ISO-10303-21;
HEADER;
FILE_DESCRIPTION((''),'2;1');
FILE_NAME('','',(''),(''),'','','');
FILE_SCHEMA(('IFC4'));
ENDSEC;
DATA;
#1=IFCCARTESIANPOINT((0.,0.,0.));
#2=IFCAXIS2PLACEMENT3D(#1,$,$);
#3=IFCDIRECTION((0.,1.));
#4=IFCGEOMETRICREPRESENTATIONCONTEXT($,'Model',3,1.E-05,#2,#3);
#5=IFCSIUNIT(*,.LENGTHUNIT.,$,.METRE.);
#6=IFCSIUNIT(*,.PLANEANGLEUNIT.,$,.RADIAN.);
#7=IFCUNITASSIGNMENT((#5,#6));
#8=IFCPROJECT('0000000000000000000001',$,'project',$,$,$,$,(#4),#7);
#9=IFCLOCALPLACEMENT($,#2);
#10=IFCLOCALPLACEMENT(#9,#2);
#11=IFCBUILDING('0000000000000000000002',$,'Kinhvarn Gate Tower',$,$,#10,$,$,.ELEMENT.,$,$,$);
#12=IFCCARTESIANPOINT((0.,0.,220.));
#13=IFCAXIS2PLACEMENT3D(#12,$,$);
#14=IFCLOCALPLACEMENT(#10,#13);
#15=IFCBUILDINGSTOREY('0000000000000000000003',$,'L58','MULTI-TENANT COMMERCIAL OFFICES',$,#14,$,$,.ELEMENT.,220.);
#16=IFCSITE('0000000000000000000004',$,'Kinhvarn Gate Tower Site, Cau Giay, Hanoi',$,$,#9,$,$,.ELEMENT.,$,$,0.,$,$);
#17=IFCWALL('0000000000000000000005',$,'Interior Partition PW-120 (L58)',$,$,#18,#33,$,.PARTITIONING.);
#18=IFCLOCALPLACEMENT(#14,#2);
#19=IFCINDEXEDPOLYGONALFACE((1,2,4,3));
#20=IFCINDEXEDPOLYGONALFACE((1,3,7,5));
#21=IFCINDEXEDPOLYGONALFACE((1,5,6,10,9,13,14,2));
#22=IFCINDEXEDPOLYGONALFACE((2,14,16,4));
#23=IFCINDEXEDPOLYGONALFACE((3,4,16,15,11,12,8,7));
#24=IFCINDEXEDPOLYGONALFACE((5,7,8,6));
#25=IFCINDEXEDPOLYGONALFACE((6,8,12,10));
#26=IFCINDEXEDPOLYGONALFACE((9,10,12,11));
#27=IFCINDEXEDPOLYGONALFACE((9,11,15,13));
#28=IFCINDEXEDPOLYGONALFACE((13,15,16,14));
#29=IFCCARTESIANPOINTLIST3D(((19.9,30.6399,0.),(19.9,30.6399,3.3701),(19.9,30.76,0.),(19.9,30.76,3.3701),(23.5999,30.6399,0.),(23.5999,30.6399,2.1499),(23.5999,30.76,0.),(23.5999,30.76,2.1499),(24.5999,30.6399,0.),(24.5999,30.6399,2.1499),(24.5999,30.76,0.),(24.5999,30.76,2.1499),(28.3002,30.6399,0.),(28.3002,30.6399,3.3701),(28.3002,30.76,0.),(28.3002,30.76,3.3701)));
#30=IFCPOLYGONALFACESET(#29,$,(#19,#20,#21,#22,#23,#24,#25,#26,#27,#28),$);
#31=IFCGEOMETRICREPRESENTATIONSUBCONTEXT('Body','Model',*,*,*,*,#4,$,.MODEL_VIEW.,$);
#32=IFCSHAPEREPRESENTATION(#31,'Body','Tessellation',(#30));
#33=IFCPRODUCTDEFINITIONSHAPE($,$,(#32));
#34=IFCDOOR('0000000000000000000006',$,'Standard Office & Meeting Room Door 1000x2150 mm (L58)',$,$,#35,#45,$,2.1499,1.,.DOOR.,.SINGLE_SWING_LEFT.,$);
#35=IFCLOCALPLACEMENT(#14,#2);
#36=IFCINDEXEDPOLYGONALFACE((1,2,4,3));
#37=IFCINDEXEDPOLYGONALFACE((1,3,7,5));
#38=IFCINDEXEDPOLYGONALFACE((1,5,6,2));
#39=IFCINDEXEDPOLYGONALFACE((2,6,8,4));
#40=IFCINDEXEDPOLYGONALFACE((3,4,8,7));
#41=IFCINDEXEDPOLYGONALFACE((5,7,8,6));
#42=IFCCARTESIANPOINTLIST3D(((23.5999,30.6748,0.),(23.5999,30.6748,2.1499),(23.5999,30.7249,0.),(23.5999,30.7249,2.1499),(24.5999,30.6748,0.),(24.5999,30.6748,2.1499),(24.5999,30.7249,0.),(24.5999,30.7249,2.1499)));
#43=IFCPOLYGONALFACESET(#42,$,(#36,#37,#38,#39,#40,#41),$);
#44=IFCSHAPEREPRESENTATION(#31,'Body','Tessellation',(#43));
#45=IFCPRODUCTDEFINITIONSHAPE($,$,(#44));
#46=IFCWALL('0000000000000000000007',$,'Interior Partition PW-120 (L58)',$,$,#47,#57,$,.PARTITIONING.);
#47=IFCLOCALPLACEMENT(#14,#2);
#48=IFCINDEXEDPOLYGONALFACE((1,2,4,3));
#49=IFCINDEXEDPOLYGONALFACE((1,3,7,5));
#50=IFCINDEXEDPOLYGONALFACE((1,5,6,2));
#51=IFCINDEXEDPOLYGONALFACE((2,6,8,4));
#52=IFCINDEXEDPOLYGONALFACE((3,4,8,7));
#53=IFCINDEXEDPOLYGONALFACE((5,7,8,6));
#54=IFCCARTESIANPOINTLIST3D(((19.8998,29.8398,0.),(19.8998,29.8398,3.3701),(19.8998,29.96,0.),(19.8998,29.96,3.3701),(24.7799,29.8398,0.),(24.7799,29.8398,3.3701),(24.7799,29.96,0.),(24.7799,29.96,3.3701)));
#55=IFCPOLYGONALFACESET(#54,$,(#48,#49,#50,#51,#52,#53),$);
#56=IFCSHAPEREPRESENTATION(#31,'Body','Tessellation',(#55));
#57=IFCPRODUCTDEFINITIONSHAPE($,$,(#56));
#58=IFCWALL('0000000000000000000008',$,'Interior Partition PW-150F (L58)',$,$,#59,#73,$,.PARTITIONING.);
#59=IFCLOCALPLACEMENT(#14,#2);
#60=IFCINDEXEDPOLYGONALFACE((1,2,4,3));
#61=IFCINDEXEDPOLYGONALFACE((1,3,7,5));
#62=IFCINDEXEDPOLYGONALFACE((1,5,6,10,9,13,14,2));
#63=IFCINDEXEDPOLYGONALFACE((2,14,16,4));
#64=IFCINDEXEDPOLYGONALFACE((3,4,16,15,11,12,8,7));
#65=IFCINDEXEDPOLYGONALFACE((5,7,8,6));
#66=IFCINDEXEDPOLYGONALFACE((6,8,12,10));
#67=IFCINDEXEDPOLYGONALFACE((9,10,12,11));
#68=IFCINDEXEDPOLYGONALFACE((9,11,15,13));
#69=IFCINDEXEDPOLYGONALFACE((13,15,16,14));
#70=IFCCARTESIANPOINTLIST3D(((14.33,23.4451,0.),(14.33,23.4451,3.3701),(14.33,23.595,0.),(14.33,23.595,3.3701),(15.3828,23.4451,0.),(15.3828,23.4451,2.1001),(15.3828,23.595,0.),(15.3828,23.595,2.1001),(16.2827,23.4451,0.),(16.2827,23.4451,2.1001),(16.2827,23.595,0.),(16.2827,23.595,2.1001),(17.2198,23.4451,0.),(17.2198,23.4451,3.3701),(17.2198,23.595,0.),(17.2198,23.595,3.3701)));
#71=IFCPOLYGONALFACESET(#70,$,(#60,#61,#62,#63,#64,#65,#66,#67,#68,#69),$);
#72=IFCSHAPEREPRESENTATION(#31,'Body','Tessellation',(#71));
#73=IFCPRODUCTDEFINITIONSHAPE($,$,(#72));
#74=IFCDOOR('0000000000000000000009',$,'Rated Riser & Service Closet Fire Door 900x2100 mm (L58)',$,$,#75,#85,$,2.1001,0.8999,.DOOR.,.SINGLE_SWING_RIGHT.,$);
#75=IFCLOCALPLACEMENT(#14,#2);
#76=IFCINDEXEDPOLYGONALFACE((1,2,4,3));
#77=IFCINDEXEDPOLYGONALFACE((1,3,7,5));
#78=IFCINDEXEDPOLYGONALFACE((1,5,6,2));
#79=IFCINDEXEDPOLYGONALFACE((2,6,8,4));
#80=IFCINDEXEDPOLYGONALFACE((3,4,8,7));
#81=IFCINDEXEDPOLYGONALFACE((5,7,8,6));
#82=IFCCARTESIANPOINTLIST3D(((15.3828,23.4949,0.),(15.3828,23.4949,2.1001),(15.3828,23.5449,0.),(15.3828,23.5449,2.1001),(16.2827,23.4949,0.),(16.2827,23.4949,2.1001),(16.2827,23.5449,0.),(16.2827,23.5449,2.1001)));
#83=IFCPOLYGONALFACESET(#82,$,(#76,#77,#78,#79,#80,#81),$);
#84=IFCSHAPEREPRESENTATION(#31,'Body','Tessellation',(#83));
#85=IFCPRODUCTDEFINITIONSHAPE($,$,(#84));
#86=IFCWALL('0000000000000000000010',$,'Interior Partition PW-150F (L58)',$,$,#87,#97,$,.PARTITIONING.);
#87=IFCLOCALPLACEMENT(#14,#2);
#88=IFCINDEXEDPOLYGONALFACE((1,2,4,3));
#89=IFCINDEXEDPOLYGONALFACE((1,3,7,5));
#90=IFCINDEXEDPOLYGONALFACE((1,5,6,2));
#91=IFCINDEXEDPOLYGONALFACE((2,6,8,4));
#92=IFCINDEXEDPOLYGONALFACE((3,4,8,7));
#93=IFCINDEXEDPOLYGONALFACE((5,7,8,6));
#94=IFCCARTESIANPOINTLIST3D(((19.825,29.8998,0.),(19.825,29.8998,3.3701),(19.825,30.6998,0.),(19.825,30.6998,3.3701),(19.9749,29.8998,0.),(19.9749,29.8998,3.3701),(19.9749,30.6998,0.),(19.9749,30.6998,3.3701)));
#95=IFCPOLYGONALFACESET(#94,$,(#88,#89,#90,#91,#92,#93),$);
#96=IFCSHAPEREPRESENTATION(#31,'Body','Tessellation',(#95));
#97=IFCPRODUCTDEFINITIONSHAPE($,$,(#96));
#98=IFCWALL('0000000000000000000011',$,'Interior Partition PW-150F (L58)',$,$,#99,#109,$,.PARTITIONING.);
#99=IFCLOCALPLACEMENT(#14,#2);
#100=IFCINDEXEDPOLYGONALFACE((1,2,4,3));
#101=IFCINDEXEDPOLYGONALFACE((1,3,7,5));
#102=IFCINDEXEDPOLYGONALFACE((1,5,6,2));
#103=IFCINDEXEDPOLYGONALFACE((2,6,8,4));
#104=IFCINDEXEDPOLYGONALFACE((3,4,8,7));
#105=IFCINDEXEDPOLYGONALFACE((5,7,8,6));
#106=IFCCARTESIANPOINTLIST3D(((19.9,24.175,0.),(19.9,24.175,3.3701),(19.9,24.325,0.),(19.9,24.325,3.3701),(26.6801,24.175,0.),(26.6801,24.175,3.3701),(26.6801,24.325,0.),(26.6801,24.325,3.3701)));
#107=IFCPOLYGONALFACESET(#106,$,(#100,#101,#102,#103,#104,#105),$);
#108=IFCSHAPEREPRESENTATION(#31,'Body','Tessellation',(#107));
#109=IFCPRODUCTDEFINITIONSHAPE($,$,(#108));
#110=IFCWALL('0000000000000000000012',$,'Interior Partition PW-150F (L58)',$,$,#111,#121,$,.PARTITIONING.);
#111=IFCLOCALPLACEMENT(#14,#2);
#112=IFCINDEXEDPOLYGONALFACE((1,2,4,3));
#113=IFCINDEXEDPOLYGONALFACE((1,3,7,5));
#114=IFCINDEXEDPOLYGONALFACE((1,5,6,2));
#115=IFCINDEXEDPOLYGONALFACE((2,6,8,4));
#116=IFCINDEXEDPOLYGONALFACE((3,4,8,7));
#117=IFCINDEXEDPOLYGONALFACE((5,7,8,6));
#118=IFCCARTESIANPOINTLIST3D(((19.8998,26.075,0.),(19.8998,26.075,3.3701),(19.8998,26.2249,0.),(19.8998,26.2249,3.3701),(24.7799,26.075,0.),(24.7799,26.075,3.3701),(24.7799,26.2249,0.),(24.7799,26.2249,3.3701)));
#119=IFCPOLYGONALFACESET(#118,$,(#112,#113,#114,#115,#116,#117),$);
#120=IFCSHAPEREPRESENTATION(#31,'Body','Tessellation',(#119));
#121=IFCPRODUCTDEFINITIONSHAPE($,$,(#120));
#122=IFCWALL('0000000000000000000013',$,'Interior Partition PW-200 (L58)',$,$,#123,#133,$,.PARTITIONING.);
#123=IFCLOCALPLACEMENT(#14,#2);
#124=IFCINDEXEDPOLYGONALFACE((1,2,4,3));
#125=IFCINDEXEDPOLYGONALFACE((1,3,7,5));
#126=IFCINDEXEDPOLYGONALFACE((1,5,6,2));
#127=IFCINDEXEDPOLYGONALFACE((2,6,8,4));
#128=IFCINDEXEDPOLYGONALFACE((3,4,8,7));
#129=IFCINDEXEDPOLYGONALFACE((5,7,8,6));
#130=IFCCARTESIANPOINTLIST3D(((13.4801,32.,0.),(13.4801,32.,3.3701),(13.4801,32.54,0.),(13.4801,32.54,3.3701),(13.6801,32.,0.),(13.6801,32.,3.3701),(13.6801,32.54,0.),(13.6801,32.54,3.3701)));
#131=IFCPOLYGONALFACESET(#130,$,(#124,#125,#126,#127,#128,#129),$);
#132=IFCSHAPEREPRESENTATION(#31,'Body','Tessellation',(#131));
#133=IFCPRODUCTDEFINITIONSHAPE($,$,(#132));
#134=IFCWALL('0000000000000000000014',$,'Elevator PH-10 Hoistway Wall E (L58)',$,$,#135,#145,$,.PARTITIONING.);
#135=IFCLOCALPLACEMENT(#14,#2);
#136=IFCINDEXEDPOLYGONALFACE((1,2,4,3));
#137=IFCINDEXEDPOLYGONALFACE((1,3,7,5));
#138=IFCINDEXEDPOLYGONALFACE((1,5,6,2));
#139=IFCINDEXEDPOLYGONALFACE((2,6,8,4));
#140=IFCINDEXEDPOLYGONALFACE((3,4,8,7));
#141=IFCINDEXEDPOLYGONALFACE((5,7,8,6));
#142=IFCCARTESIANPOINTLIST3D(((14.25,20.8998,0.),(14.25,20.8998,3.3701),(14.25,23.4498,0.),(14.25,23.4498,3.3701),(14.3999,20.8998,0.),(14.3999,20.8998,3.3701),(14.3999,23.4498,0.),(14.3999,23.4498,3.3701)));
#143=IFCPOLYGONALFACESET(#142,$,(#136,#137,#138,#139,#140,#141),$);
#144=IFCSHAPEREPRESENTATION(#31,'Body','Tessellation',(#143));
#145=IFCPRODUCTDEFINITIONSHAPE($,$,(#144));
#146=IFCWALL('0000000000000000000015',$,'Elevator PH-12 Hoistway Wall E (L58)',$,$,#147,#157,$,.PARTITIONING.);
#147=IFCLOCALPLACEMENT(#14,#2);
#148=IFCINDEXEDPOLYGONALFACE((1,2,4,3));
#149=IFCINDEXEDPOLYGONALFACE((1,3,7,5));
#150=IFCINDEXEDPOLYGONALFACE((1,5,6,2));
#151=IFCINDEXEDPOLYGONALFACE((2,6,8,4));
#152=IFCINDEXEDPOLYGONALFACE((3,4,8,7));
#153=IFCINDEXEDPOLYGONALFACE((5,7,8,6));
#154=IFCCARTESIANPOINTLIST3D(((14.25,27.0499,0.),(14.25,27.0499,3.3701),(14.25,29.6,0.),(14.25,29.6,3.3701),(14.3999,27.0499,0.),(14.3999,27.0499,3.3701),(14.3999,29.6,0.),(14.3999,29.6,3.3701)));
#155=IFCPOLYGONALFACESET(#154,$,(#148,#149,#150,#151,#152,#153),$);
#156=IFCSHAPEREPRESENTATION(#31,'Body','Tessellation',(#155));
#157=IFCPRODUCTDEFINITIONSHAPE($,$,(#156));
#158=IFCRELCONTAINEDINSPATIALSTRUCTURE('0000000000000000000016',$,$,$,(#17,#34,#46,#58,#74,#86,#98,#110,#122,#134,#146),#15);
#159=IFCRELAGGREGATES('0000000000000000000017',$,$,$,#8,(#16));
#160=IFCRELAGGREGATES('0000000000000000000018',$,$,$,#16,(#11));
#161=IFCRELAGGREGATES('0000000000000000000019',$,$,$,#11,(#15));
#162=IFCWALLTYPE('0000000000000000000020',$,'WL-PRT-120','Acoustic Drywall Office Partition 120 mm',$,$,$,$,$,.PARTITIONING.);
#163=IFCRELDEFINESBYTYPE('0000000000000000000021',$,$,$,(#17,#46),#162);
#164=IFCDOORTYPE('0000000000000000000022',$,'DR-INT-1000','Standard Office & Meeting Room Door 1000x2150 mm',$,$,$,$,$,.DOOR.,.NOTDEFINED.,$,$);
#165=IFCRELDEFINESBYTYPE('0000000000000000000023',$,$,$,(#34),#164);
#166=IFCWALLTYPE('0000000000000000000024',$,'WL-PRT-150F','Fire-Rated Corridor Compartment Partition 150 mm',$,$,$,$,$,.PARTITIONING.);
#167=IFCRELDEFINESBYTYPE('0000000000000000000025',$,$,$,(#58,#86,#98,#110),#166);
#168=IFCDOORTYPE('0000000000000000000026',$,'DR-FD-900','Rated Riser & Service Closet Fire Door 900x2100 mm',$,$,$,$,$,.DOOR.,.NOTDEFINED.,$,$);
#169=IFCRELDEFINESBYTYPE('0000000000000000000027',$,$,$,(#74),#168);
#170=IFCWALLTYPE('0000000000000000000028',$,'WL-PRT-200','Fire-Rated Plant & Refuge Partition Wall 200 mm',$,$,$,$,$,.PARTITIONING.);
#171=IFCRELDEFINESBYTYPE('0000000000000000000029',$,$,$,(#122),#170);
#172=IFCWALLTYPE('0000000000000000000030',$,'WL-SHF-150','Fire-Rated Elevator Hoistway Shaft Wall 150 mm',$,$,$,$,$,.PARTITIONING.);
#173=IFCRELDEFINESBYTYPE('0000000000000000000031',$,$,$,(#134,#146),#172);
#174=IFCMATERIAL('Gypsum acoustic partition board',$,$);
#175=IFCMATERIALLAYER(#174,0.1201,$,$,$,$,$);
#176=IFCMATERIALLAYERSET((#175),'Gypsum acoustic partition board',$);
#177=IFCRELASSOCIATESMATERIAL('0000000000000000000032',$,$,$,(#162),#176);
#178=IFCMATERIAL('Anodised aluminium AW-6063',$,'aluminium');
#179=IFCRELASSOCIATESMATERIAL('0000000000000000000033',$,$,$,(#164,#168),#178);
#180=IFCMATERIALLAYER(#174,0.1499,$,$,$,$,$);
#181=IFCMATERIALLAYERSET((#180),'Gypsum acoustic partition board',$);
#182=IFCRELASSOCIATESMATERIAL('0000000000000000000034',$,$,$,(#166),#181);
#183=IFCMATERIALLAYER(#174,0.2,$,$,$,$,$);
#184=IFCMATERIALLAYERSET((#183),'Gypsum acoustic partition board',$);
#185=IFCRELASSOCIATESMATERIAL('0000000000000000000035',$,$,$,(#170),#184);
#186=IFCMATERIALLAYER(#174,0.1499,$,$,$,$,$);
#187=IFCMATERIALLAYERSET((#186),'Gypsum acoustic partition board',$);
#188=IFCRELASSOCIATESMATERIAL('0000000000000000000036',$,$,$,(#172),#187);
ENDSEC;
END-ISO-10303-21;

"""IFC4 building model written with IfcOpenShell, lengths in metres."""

from ifc_helpers import new_model, si_unit, direction, frame, frame_2d, origin, place, context, subcontext, project, spatial, rectangle, extrude, material, layer, layer_set, type_object, element, fill, save


model = new_model("IFC4")

# Units and contexts
model_context = context("Model", 3, precision=1e-05, world=origin(), true_north=direction((0.0, 1.0)))
body_context = subcontext(model_context, "Body", "Model", "MODEL_VIEW")
ifc_project = project(units=[si_unit("LENGTHUNIT", "METRE"), si_unit("PLANEANGLEUNIT", "RADIAN")], contexts=[model_context])

# Site, building, storey
site_placement = place(None, origin())
site = spatial("IfcSite", under=ifc_project, at=site_placement, Name="Kinhvarn Gate Tower Site, Cau Giay, Hanoi", CompositionType="ELEMENT", RefElevation=0.0)
building_placement = place(site_placement, origin())
building = spatial("IfcBuilding", under=site, at=building_placement, Name="Kinhvarn Gate Tower", CompositionType="ELEMENT")
storey_placement = place(building_placement, frame((0.0, 0.0, 220.0)))
storey = spatial("IfcBuildingStorey", under=building, at=storey_placement, Name="L58", Description="MULTI-TENANT COMMERCIAL OFFICES", CompositionType="ELEMENT", Elevation=220.0)

# Wall, opening, door
ifc_material_1 = material(Name="Anodised aluminium AW-6063", Category="aluminium")
ifc_material_2 = material(Name="Gypsum acoustic partition board")
ifc_layer_1 = layer(ifc_material_2, 0.1201)
ifc_layer_set_1 = layer_set([ifc_layer_1], Name="Gypsum acoustic partition board")
wall_type_1 = type_object("IfcWallType", Name="WL-PRT-120", Description="Acoustic Drywall Office Partition 120 mm", PredefinedType="PARTITIONING", material=ifc_layer_set_1)
wall_1_placement = place(storey_placement, frame((19.8999, 30.7, 0.0), z_axis=(0.0, 0.0, 1.0), x_axis=(1.0, 0.0, 0.0)))
wall_1 = element("IfcWall", 1, at=wall_1_placement, inside=storey, type_object=wall_type_1, Name="Interior Partition PW-120 (L58)", PredefinedType="PARTITIONING", context=body_context, shape_type="SweptSolid", body=[
    extrude(rectangle(XDim=8.4001, YDim=0.1201, at=frame_2d((4.2002, 0.0))), origin(), (0.0, 0.0, 1.0), 3.3701),
])
opening_1_placement = place(wall_1_placement, frame((3.7, 0.0, 0.0)))
opening_1 = element("IfcOpeningElement", 2, at=opening_1_placement, cuts=wall_1, PredefinedType="OPENING", context=body_context, shape_type="SweptSolid", body=[
    extrude(rectangle(XDim=1.0, YDim=2.1499, at=frame_2d((0.5, 1.075))), frame((0.0, 0.0701, 0.0), z_axis=(0.0, -1.0, 0.0), x_axis=(1.0, 0.0, 0.0)), (0.0, 0.0, 1.0), 0.1401),
])
door_type_1 = type_object("IfcDoorType", Name="DR-INT-1000", Description="Standard Office & Meeting Room Door 1000x2150 mm", OperationType="NOTDEFINED", PredefinedType="DOOR", material=ifc_material_1)
door_1_placement = place(opening_1_placement, origin())
door_1 = element("IfcDoor", 3, at=door_1_placement, inside=storey, type_object=door_type_1, Name="Standard Office & Meeting Room Door 1000x2150 mm (L58)", OperationType="SINGLE_SWING_LEFT", OverallHeight=2.1499, OverallWidth=1.0, PredefinedType="DOOR", context=body_context, shape_type="SweptSolid", body=[
    extrude(rectangle(XDim=1.0, YDim=2.1499, at=frame_2d((0.5, 1.075))), frame((0.0, 0.0249, 0.0), z_axis=(0.0, -1.0, 0.0), x_axis=(1.0, 0.0, 0.0)), (0.0, 0.0, 1.0), 0.05),
])
fill(opening_1, door_1)

# Wall
wall_2_placement = place(storey_placement, frame((19.8999, 29.8999, 0.0), z_axis=(0.0, 0.0, 1.0), x_axis=(1.0, 0.0, 0.0)))
element("IfcWall", 4, at=wall_2_placement, inside=storey, type_object=wall_type_1, Name="Interior Partition PW-120 (L58)", PredefinedType="PARTITIONING", context=body_context, shape_type="SweptSolid", body=[
    extrude(rectangle(XDim=4.8801, YDim=0.1201, at=frame_2d((2.4399, 0.0))), origin(), (0.0, 0.0, 1.0), 3.3701),
])

# Wall, opening, door
ifc_layer_2 = layer(ifc_material_2, 0.1499)
ifc_layer_set_2 = layer_set([ifc_layer_2], Name="Gypsum acoustic partition board")
wall_type_2 = type_object("IfcWallType", Name="WL-PRT-150F", Description="Fire-Rated Corridor Compartment Partition 150 mm", PredefinedType="PARTITIONING", material=ifc_layer_set_2)
wall_3_placement = place(storey_placement, frame((14.3301, 23.52, 0.0), z_axis=(0.0, 0.0, 1.0), x_axis=(1.0, 0.0, 0.0)))
wall_3 = element("IfcWall", 5, at=wall_3_placement, inside=storey, type_object=wall_type_2, Name="Interior Partition PW-150F (L58)", PredefinedType="PARTITIONING", context=body_context, shape_type="SweptSolid", body=[
    extrude(rectangle(XDim=2.8899, YDim=0.1499, at=frame_2d((1.4448, 0.0))), origin(), (0.0, 0.0, 1.0), 3.3701),
])
opening_2_placement = place(wall_3_placement, frame((1.0527, 0.0, 0.0)))
opening_2 = element("IfcOpeningElement", 6, at=opening_2_placement, cuts=wall_3, PredefinedType="OPENING", context=body_context, shape_type="SweptSolid", body=[
    extrude(rectangle(XDim=0.8999, YDim=2.1001, at=frame_2d((0.45, 1.05))), frame((0.0, 0.085, 0.0), z_axis=(0.0, -1.0, 0.0), x_axis=(1.0, 0.0, 0.0)), (0.0, 0.0, 1.0), 0.1699),
])
door_type_2 = type_object("IfcDoorType", Name="DR-FD-900", Description="Rated Riser & Service Closet Fire Door 900x2100 mm", OperationType="NOTDEFINED", PredefinedType="DOOR", material=ifc_material_1)
door_2_placement = place(opening_2_placement, origin())
door_2 = element("IfcDoor", 7, at=door_2_placement, inside=storey, type_object=door_type_2, Name="Rated Riser & Service Closet Fire Door 900x2100 mm (L58)", OperationType="SINGLE_SWING_RIGHT", OverallHeight=2.1001, OverallWidth=0.8999, PredefinedType="DOOR", context=body_context, shape_type="SweptSolid", body=[
    extrude(rectangle(XDim=0.8999, YDim=2.1001, at=frame_2d((0.45, 1.05))), frame((0.0, 0.0249, 0.0), z_axis=(0.0, -1.0, 0.0), x_axis=(1.0, 0.0, 0.0)), (0.0, 0.0, 1.0), 0.05),
])
fill(opening_2, door_2)

# Wall
wall_4_placement = place(storey_placement, frame((19.8999, 29.8999, 0.0), z_axis=(0.0, 0.0, 1.0), x_axis=(0.0, 1.0, 0.0)))
element("IfcWall", 8, at=wall_4_placement, inside=storey, type_object=wall_type_2, Name="Interior Partition PW-150F (L58)", PredefinedType="PARTITIONING", context=body_context, shape_type="SweptSolid", body=[
    extrude(rectangle(XDim=0.8, YDim=0.1499, at=frame_2d((0.3999, 0.0))), origin(), (0.0, 0.0, 1.0), 3.3701),
])

# Walls
wall_5_placement = place(storey_placement, frame((19.8999, 24.25, 0.0), z_axis=(0.0, 0.0, 1.0), x_axis=(1.0, 0.0, 0.0)))
element("IfcWall", 9, at=wall_5_placement, inside=storey, type_object=wall_type_2, Name="Interior Partition PW-150F (L58)", PredefinedType="PARTITIONING", context=body_context, shape_type="SweptSolid", body=[
    extrude(rectangle(XDim=6.78, YDim=0.1499, at=frame_2d((3.3901, 0.0))), origin(), (0.0, 0.0, 1.0), 3.3701),
])
wall_6_placement = place(storey_placement, frame((19.8999, 26.1499, 0.0), z_axis=(0.0, 0.0, 1.0), x_axis=(1.0, 0.0, 0.0)))
element("IfcWall", 10, at=wall_6_placement, inside=storey, type_object=wall_type_2, Name="Interior Partition PW-150F (L58)", PredefinedType="PARTITIONING", context=body_context, shape_type="SweptSolid", body=[
    extrude(rectangle(XDim=4.8801, YDim=0.1499, at=frame_2d((2.4399, 0.0))), origin(), (0.0, 0.0, 1.0), 3.3701),
])
ifc_layer_3 = layer(ifc_material_2, 0.2)
ifc_layer_set_3 = layer_set([ifc_layer_3], Name="Gypsum acoustic partition board")
wall_type_3 = type_object("IfcWallType", Name="WL-PRT-200", Description="Fire-Rated Plant & Refuge Partition Wall 200 mm", PredefinedType="PARTITIONING", material=ifc_layer_set_3)
wall_7_placement = place(storey_placement, frame((13.5801, 32.0, 0.0), z_axis=(0.0, 0.0, 1.0), x_axis=(0.0, 1.0, 0.0)))
element("IfcWall", 11, at=wall_7_placement, inside=storey, type_object=wall_type_3, Name="Interior Partition PW-200 (L58)", PredefinedType="PARTITIONING", context=body_context, shape_type="SweptSolid", body=[
    extrude(rectangle(XDim=0.54, YDim=0.2, at=frame_2d((0.27, 0.0))), origin(), (0.0, 0.0, 1.0), 3.3701),
])
ifc_layer_4 = layer(ifc_material_2, 0.1499)
ifc_layer_set_4 = layer_set([ifc_layer_4], Name="Gypsum acoustic partition board")
wall_type_4 = type_object("IfcWallType", Name="WL-SHF-150", Description="Fire-Rated Elevator Hoistway Shaft Wall 150 mm", PredefinedType="PARTITIONING", material=ifc_layer_set_4)
for number, where, z_axis, x_axis, name in (
    (12, (14.325, 20.8999, 0.0), (0.0, 0.0, 1.0), (0.0, 1.0, 0.0), "Elevator PH-10 Hoistway Wall E (L58)"),
    (13, (14.325, 27.05, 0.0), (0.0, 0.0, 1.0), (0.0, 1.0, 0.0), "Elevator PH-12 Hoistway Wall E (L58)"),
):
    element("IfcWall", number, at=place(storey_placement, frame(where, z_axis=z_axis, x_axis=x_axis)), inside=storey, type_object=wall_type_4, Name=name, PredefinedType="PARTITIONING", context=body_context, shape_type="SweptSolid", body=[
        extrude(rectangle(XDim=2.55, YDim=0.1499, at=frame_2d((1.2749, 0.0))), origin(), (0.0, 0.0, 1.0), 3.3701),
    ])

save(model, "model.ifc")
